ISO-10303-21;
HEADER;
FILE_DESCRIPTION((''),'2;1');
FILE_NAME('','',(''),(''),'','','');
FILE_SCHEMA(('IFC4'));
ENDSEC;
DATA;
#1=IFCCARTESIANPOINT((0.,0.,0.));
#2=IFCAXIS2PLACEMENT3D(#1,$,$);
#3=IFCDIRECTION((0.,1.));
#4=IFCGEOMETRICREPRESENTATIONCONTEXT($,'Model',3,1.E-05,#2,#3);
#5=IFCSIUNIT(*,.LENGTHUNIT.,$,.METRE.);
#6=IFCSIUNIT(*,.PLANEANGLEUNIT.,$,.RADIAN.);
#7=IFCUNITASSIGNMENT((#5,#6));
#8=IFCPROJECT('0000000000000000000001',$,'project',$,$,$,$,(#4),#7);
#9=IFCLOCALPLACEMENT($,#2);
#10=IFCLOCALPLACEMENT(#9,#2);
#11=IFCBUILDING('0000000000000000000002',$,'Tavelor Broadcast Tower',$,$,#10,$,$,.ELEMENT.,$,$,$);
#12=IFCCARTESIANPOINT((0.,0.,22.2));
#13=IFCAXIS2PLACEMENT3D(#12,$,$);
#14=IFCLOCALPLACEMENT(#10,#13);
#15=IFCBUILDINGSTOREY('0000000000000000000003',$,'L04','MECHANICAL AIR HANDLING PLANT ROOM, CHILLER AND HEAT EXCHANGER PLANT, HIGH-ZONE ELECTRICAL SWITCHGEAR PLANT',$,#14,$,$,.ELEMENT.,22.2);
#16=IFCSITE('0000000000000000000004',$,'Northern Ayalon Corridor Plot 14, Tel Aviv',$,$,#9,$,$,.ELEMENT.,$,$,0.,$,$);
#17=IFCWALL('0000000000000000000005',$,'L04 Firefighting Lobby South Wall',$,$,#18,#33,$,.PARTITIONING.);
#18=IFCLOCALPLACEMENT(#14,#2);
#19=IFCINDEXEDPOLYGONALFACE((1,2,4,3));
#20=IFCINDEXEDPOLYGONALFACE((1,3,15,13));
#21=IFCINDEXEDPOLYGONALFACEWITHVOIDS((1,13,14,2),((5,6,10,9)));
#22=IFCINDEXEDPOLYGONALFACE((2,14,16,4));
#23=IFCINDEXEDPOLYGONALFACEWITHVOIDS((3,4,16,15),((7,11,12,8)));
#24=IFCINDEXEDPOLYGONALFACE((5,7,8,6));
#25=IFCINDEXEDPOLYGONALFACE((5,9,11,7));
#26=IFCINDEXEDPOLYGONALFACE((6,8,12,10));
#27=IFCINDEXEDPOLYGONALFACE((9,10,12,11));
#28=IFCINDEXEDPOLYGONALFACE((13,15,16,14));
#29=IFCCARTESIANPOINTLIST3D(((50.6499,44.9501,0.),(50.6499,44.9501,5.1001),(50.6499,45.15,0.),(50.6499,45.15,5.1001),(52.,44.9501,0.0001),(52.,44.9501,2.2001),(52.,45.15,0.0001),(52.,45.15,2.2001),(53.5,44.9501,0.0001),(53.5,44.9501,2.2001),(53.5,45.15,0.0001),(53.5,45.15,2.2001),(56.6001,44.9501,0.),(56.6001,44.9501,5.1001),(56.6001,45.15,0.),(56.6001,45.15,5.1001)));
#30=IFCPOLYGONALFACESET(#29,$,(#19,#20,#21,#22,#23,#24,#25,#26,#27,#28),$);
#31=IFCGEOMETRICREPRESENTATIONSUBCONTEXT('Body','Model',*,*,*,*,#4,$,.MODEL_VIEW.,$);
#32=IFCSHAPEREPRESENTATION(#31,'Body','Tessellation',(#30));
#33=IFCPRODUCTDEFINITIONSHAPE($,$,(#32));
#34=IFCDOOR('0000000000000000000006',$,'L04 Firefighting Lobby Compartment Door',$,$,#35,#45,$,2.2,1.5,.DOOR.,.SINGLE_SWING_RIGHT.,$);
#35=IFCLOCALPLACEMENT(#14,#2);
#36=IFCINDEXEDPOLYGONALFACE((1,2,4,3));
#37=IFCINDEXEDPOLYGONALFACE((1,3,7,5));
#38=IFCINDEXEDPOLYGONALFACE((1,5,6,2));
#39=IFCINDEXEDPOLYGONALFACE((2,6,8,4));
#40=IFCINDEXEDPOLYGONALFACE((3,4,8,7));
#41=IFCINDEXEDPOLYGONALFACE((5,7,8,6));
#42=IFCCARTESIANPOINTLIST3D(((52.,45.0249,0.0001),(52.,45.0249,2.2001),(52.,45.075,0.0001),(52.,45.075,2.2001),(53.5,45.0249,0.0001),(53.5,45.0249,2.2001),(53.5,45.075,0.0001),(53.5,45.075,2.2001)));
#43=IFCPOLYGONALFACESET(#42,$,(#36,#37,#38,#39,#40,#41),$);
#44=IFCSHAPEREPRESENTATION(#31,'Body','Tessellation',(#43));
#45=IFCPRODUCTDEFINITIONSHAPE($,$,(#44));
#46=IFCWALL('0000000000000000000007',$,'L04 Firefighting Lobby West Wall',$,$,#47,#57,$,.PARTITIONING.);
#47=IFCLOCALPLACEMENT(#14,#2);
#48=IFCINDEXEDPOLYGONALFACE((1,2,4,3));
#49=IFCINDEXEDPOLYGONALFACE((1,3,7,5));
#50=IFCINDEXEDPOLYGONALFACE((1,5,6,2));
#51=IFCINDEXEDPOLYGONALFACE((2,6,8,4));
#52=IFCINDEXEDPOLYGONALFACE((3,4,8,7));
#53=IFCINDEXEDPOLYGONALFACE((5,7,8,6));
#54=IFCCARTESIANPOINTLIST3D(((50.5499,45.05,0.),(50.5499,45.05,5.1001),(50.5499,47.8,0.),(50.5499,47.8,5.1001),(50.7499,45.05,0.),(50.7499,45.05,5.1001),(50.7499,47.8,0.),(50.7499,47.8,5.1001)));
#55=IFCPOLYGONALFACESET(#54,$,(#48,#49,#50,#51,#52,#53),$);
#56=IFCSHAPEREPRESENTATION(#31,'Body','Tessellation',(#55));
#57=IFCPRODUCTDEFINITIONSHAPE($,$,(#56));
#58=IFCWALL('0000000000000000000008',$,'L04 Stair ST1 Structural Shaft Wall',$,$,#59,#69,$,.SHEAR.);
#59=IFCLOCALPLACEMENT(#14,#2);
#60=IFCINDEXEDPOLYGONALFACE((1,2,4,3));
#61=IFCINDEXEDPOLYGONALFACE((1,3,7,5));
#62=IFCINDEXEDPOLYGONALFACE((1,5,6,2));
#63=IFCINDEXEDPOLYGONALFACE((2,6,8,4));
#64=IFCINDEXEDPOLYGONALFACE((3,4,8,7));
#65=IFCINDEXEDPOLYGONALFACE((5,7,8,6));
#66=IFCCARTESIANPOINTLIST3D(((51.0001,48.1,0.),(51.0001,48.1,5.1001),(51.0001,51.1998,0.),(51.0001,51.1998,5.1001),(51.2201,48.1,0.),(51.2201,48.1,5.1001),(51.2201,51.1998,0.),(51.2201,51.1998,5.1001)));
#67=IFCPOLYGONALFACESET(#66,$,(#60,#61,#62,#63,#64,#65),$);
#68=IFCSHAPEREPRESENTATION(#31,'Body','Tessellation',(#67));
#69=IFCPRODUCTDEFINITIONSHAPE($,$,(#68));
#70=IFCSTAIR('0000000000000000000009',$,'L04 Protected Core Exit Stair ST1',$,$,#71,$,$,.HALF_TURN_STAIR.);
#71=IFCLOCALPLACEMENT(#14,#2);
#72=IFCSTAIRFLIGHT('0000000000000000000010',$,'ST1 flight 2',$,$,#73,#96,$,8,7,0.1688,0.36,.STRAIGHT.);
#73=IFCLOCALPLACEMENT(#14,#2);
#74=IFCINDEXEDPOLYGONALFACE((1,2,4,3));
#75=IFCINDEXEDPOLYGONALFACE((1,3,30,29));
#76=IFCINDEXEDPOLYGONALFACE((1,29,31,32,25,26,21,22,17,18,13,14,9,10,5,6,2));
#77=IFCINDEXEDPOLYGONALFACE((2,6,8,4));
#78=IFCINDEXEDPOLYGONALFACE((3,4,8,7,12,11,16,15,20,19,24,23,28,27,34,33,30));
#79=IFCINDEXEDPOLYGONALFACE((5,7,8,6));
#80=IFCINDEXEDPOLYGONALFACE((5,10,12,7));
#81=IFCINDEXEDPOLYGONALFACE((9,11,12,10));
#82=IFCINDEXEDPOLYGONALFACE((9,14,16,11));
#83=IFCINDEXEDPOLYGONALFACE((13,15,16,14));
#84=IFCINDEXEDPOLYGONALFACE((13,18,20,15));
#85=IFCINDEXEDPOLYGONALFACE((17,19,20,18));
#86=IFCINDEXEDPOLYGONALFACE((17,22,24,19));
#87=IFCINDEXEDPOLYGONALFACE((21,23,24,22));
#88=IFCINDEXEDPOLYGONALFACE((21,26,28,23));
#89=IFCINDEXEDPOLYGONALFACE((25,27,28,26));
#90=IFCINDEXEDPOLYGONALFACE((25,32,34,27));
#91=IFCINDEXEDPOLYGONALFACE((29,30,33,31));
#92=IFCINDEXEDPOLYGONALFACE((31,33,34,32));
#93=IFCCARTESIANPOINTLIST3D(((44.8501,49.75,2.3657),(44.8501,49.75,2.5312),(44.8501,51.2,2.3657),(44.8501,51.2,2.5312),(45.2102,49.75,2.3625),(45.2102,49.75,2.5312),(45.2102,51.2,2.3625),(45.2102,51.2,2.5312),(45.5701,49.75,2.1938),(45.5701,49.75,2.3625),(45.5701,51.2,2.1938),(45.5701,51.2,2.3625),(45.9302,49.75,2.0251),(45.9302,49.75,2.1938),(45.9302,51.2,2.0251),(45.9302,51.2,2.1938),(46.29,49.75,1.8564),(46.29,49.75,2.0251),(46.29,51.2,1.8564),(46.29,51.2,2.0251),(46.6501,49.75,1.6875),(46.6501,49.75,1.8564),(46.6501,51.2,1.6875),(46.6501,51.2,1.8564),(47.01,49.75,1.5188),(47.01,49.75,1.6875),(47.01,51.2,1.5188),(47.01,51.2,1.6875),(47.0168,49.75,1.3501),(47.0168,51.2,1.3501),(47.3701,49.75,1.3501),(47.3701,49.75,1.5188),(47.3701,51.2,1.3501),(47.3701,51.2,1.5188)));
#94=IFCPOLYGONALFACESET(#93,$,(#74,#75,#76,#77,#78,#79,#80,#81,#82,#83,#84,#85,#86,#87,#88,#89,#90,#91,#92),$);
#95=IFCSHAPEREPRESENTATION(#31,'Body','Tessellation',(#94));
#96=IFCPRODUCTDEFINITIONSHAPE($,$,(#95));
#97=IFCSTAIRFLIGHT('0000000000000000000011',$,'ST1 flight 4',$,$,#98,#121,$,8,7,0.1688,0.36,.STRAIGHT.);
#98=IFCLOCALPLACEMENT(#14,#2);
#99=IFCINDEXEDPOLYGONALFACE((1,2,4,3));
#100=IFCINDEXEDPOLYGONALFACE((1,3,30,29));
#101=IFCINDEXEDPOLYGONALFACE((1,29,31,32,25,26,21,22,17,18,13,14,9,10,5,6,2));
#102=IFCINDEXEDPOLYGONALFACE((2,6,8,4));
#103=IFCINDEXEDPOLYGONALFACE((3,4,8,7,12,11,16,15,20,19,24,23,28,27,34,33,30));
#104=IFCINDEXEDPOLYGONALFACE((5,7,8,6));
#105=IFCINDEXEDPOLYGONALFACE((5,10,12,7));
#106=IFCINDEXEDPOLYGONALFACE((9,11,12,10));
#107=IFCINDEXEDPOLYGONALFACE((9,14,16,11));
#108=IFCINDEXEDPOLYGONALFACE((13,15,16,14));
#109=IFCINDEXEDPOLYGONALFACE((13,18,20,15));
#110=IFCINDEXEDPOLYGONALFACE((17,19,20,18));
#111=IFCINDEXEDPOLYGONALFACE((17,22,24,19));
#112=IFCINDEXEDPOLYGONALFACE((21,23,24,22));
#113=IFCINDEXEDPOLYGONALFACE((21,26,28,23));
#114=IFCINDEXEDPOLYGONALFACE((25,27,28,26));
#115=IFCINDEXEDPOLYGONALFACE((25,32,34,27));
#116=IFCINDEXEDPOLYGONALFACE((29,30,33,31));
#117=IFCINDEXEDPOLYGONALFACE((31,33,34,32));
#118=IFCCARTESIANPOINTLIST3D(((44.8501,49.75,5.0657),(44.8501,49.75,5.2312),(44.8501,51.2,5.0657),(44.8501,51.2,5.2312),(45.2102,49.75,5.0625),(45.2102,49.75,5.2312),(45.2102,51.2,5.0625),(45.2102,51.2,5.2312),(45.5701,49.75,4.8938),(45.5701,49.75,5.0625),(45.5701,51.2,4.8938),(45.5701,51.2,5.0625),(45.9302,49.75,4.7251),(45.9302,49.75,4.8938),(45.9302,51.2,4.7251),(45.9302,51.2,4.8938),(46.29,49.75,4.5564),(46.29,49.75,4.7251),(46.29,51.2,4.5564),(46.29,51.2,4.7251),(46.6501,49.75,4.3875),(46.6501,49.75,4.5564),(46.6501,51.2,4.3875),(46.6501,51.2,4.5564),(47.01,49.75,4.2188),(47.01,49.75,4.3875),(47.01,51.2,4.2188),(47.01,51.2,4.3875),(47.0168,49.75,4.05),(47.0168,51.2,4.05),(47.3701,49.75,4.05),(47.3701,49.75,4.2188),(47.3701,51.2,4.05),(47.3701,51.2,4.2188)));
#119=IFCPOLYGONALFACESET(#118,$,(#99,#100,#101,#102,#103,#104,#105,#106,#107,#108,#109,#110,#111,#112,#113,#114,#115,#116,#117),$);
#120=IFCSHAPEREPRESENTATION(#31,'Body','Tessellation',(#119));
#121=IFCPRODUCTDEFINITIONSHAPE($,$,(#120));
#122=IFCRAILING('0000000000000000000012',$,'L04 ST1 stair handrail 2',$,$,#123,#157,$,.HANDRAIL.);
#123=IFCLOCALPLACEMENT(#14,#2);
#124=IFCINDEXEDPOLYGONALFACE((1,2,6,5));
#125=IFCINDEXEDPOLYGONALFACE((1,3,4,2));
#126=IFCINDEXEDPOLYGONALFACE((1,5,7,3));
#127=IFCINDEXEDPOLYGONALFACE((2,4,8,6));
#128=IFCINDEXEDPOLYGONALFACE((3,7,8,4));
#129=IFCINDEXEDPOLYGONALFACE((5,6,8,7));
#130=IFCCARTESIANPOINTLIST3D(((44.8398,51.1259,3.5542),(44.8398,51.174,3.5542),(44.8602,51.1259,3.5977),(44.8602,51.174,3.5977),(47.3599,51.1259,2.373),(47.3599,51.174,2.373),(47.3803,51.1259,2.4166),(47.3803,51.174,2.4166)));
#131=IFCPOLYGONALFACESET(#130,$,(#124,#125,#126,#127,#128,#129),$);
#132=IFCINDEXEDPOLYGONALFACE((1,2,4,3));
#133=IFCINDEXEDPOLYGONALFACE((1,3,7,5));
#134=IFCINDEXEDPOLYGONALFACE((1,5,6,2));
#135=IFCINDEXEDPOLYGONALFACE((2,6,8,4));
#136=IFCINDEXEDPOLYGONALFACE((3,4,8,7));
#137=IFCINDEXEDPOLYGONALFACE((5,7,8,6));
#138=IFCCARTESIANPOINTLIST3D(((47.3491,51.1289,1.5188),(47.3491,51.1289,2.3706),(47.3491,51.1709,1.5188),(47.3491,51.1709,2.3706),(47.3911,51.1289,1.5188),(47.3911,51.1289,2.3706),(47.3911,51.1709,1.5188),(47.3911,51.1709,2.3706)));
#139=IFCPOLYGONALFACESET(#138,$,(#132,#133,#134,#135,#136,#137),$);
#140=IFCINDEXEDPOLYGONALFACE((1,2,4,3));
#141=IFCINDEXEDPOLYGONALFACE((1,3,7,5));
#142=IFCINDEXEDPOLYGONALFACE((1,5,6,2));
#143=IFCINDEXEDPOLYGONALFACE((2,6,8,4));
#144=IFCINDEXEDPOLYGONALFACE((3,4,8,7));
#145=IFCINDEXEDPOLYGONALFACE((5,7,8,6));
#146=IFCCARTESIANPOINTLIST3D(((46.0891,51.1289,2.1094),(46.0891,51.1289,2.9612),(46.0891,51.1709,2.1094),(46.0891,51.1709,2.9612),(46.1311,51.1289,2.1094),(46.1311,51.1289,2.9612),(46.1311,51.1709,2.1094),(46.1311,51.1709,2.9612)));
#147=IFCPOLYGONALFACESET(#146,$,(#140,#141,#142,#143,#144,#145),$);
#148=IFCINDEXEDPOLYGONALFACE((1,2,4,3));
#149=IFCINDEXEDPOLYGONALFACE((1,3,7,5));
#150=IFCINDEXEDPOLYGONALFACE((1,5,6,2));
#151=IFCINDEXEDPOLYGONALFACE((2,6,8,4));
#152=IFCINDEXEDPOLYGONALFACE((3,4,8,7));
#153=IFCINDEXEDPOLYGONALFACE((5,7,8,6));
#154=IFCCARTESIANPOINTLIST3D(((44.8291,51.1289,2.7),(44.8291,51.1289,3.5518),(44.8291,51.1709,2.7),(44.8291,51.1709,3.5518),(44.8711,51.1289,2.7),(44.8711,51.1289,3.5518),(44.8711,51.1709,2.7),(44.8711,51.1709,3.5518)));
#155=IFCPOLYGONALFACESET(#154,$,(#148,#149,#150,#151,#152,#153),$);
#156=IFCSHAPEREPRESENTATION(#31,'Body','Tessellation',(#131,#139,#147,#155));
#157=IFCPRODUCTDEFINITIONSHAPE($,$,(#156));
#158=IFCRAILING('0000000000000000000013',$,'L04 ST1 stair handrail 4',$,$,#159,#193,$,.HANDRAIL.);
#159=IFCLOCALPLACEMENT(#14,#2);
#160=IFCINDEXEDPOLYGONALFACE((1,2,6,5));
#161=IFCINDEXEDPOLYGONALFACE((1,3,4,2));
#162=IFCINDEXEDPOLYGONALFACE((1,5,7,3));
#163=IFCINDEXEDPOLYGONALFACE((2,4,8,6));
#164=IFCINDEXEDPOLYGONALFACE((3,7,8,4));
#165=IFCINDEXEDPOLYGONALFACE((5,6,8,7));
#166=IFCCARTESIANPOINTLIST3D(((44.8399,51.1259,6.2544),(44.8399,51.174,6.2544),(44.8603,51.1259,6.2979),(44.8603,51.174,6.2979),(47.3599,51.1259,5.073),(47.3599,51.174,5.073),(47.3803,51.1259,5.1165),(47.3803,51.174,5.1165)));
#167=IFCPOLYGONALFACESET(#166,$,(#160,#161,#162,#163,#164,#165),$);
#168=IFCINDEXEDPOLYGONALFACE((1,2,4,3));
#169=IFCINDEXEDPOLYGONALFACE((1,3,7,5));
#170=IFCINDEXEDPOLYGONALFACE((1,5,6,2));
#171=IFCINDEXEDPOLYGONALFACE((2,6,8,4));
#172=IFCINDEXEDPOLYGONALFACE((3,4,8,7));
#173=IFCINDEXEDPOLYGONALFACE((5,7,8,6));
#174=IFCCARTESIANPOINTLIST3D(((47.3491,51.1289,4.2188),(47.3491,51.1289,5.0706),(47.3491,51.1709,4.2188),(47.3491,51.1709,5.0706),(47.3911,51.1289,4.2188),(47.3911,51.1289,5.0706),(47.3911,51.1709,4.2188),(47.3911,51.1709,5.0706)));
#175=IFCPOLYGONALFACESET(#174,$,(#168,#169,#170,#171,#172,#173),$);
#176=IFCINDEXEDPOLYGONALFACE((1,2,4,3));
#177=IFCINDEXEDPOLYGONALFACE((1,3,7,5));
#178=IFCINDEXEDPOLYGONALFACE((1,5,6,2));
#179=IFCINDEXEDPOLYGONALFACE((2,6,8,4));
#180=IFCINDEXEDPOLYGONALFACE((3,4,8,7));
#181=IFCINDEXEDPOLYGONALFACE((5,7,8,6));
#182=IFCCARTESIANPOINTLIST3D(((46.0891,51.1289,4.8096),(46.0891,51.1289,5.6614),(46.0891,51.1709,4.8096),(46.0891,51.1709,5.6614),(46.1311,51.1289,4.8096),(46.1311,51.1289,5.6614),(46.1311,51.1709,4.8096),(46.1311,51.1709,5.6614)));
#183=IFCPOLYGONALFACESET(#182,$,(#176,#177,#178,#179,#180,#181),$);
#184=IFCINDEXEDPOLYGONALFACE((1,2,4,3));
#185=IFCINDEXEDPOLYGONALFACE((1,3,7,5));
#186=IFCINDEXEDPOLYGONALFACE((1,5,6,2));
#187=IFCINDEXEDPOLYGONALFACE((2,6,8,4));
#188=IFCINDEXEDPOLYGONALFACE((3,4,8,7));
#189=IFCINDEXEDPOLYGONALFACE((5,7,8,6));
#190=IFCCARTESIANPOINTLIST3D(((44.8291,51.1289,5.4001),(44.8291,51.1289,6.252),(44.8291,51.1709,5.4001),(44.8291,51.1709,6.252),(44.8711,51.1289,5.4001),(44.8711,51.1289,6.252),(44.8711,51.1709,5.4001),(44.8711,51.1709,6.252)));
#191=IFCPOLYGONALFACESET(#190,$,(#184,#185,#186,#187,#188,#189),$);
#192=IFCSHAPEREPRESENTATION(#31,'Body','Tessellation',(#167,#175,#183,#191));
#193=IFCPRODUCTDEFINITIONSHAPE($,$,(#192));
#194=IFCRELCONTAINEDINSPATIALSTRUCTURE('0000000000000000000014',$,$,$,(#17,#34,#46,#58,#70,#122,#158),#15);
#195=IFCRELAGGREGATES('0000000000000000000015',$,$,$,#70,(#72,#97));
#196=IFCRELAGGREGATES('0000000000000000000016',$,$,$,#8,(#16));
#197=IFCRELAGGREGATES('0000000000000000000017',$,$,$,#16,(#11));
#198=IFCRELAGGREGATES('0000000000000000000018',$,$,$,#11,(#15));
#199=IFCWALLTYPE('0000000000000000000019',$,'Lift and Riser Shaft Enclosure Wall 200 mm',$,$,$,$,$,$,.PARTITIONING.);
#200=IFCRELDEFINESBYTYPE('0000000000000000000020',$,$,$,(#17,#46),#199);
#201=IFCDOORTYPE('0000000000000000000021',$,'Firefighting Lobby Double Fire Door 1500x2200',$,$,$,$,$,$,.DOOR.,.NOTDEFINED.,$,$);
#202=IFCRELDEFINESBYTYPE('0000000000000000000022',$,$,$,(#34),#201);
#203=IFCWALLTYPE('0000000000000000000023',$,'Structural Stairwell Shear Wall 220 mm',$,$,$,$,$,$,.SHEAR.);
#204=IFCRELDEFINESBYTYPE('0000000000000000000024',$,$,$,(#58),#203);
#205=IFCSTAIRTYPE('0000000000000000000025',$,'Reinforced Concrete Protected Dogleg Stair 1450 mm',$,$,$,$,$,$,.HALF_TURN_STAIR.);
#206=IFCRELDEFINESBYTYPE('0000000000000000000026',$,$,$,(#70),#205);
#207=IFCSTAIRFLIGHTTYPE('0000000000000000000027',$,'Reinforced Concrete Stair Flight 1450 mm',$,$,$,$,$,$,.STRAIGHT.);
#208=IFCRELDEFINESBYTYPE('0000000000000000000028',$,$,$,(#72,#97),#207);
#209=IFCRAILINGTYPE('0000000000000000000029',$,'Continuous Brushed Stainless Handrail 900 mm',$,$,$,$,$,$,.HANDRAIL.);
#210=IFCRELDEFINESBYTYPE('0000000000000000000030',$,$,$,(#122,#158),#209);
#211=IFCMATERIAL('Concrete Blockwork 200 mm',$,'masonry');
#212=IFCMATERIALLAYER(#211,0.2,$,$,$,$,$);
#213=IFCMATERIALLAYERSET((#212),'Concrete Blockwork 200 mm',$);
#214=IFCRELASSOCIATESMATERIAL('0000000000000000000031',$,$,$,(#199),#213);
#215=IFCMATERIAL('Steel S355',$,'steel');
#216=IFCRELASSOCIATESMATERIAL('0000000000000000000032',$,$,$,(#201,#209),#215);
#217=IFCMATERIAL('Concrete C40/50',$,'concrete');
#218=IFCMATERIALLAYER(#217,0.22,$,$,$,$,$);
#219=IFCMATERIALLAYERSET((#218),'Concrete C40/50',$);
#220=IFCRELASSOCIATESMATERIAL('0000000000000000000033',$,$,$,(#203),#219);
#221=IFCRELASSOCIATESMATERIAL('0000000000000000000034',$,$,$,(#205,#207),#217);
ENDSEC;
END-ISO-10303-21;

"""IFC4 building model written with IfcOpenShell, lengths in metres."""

from ifc_helpers import new_model, si_unit, direction, frame, frame_2d, origin, origin_2d, place, context, subcontext, project, spatial, polyline, rectangle, outline, extrude, material, layer, layer_set, type_object, element, fill, aggregate, save


model = new_model("IFC4")

# Units and contexts
model_context = context("Model", 3, precision=1e-05, world=origin(), true_north=direction((0.0, 1.0)))
body_context = subcontext(model_context, "Body", "Model", "MODEL_VIEW")
ifc_project = project(units=[si_unit("LENGTHUNIT", "METRE"), si_unit("PLANEANGLEUNIT", "RADIAN")], contexts=[model_context])

# Site, building, storey
site_placement = place(None, origin())
site = spatial("IfcSite", under=ifc_project, at=site_placement, Name="Northern Ayalon Corridor Plot 14, Tel Aviv", CompositionType="ELEMENT", RefElevation=0.0)
building_placement = place(site_placement, origin())
building = spatial("IfcBuilding", under=site, at=building_placement, Name="Tavelor Broadcast Tower", CompositionType="ELEMENT")
storey_placement = place(building_placement, frame((0.0, 0.0, 22.2)))
storey = spatial("IfcBuildingStorey", under=building, at=storey_placement, Name="L04", Description="MECHANICAL AIR HANDLING PLANT ROOM, CHILLER AND HEAT EXCHANGER PLANT, HIGH-ZONE ELECTRICAL SWITCHGEAR PLANT", CompositionType="ELEMENT", Elevation=22.2)

# Shared definitions
ifc_material_1 = material(Name="Steel S355", Category="steel")

# Shared definitions
ifc_material_2 = material(Name="Concrete Blockwork 200 mm", Category="masonry")
ifc_layer_1 = layer(ifc_material_2, 0.2)
ifc_layer_set_1 = layer_set([ifc_layer_1], Name="Concrete Blockwork 200 mm")
wall_type_1 = type_object("IfcWallType", Name="Lift and Riser Shaft Enclosure Wall 200 mm", PredefinedType="PARTITIONING", material=ifc_layer_set_1)

# Wall, opening, door
wall_1_placement = place(storey_placement, frame((50.6499, 45.05, 0.0), z_axis=(0.0, 0.0, 1.0), x_axis=(1.0, 0.0, 0.0)))
wall_1 = element("IfcWall", 1, at=wall_1_placement, inside=storey, type_object=wall_type_1, Name="L04 Firefighting Lobby South Wall", PredefinedType="PARTITIONING", context=body_context, shape_type="SweptSolid", body=[
    extrude(rectangle(XDim=5.9502, YDim=0.2, at=frame_2d((2.9751, 0.0))), origin(), (0.0, 0.0, 1.0), 5.1001),
])
opening_placement = place(wall_1_placement, frame((1.3501, 0.0, 0.0)))
opening = element("IfcOpeningElement", 2, at=opening_placement, cuts=wall_1, PredefinedType="OPENING", context=body_context, shape_type="SweptSolid", body=[
    extrude(rectangle(XDim=1.5, YDim=2.2, at=frame_2d((0.75, 1.1001))), frame((0.0, 0.1099, 0.0), z_axis=(0.0, -1.0, 0.0), x_axis=(1.0, 0.0, 0.0)), (0.0, 0.0, 1.0), 0.22),
])
door_type = type_object("IfcDoorType", Name="Firefighting Lobby Double Fire Door 1500x2200", OperationType="NOTDEFINED", PredefinedType="DOOR", material=ifc_material_1)
door_placement = place(opening_placement, origin())
door = element("IfcDoor", 3, at=door_placement, inside=storey, type_object=door_type, Name="L04 Firefighting Lobby Compartment Door", OperationType="SINGLE_SWING_RIGHT", OverallHeight=2.2, OverallWidth=1.5, PredefinedType="DOOR", context=body_context, shape_type="SweptSolid", body=[
    extrude(rectangle(XDim=1.5, YDim=2.2, at=frame_2d((0.75, 1.1001))), frame((0.0, 0.0249, 0.0), z_axis=(0.0, -1.0, 0.0), x_axis=(1.0, 0.0, 0.0)), (0.0, 0.0, 1.0), 0.05),
])
fill(opening, door)

# Walls
wall_2_placement = place(storey_placement, frame((50.6499, 45.05, 0.0), z_axis=(0.0, 0.0, 1.0), x_axis=(0.0, 1.0, 0.0)))
element("IfcWall", 4, at=wall_2_placement, inside=storey, type_object=wall_type_1, Name="L04 Firefighting Lobby West Wall", PredefinedType="PARTITIONING", context=body_context, shape_type="SweptSolid", body=[
    extrude(rectangle(XDim=2.75, YDim=0.2, at=frame_2d((1.375, 0.0))), origin(), (0.0, 0.0, 1.0), 5.1001),
])
ifc_material_3 = material(Name="Concrete C40/50", Category="concrete")
ifc_layer_2 = layer(ifc_material_3, 0.22)
ifc_layer_set_2 = layer_set([ifc_layer_2], Name="Concrete C40/50")
wall_type_2 = type_object("IfcWallType", Name="Structural Stairwell Shear Wall 220 mm", PredefinedType="SHEAR", material=ifc_layer_set_2)
wall_3_placement = place(storey_placement, frame((51.1101, 48.1001, 0.0), z_axis=(0.0, 0.0, 1.0), x_axis=(0.0, 1.0, 0.0)))
element("IfcWall", 5, at=wall_3_placement, inside=storey, type_object=wall_type_2, Name="L04 Stair ST1 Structural Shaft Wall", PredefinedType="SHEAR", context=body_context, shape_type="SweptSolid", body=[
    extrude(rectangle(XDim=3.0999, YDim=0.22, at=frame_2d((1.5498, 0.0))), origin(), (0.0, 0.0, 1.0), 5.1001),
])

# Stair, stair flights
stair_type = type_object("IfcStairType", Name="Reinforced Concrete Protected Dogleg Stair 1450 mm", PredefinedType="HALF_TURN_STAIR", material=ifc_material_3)
stair_placement = place(storey_placement, origin())
stair = element("IfcStair", 6, at=stair_placement, inside=storey, type_object=stair_type, Name="L04 Protected Core Exit Stair ST1", PredefinedType="HALF_TURN_STAIR")
stair_flight_type = type_object("IfcStairFlightType", Name="Reinforced Concrete Stair Flight 1450 mm", PredefinedType="STRAIGHT", material=ifc_material_3)
stair_flight_1_placement = place(storey_placement, frame((47.3701, 50.4751, 1.3501), z_axis=(0.0, 0.0, 1.0), x_axis=(-1.0, 0.0, 0.0)))
stair_flight_1 = element("IfcStairFlight", 7, at=stair_flight_1_placement, type_object=stair_flight_type, Name="ST1 flight 2", NumberOfRisers=8, NumberOfTreads=7, PredefinedType="STRAIGHT", RiserHeight=0.1688, TreadLength=0.36, context=body_context, shape_type="SweptSolid", body=[
    extrude(outline(polyline([(0.0, 0.0), (0.0, 0.1687), (0.3601, 0.1687), (0.3601, 0.3374), (0.72, 0.3374), (0.72, 0.5063), (1.0801, 0.5063), (1.0801, 0.675), (1.4399, 0.675), (1.4399, 0.8438), (1.8, 0.8438), (1.8, 1.0125), (2.1599, 1.0125), (2.1599, 1.1812), (2.52, 1.1812), (2.52, 1.3501), (2.52, 1.0156), (0.3533, 0.0), (0.0, 0.0)])), frame((0.0, 0.7251, 0.0), z_axis=(0.0, -1.0, 0.0), x_axis=(1.0, 0.0, 0.0)), (0.0, 0.0, 1.0), 1.45),
])
stair_flight_2_placement = place(storey_placement, frame((47.3701, 50.4751, 4.05), z_axis=(0.0, 0.0, 1.0), x_axis=(-1.0, 0.0, 0.0)))
stair_flight_2 = element("IfcStairFlight", 8, at=stair_flight_2_placement, type_object=stair_flight_type, Name="ST1 flight 4", NumberOfRisers=8, NumberOfTreads=7, PredefinedType="STRAIGHT", RiserHeight=0.1688, TreadLength=0.36, context=body_context, shape_type="SweptSolid", body=[
    extrude(outline(polyline([(0.0, 0.0), (0.0, 0.1687), (0.3601, 0.1687), (0.3601, 0.3374), (0.72, 0.3374), (0.72, 0.5063), (1.0801, 0.5063), (1.0801, 0.675), (1.4399, 0.675), (1.4399, 0.8438), (1.8, 0.8438), (1.8, 1.0125), (2.1599, 1.0125), (2.1599, 1.1812), (2.52, 1.1812), (2.52, 1.3501), (2.52, 1.0156), (0.3533, 0.0), (0.0, 0.0)])), frame((0.0, 0.7251, 0.0), z_axis=(0.0, -1.0, 0.0), x_axis=(1.0, 0.0, 0.0)), (0.0, 0.0, 1.0), 1.45),
])
aggregate(stair, [stair_flight_1, stair_flight_2])

# Railings
railing_type_1 = type_object("IfcRailingType", Name="Continuous Brushed Stainless Handrail 900 mm", PredefinedType="HANDRAIL", material=ifc_material_1)
railing_1_placement = place(storey_placement, frame((47.3701, 51.1499, 1.5188)))
element("IfcRailing", 9, at=railing_1_placement, inside=storey, type_object=railing_type_1, Name="L04 ST1 stair handrail 2", PredefinedType="HANDRAIL", context=body_context, shape_type="SweptSolid", body=[
    extrude(rectangle(XDim=0.0481, YDim=0.0481, at=origin_2d()), frame((0.0, 0.0, 0.876), z_axis=(-0.905474, 0.0, 0.424402), x_axis=(0.0, -1.0, 0.0)), (0.0, 0.0, 1.0), 2.7832),
    extrude(rectangle(XDim=0.042, YDim=0.042, at=origin_2d()), origin(), (0.0, 0.0, 1.0), 0.8518),
    extrude(rectangle(XDim=0.042, YDim=0.042, at=origin_2d()), frame((-1.26, 0.0, 0.5906)), (0.0, 0.0, 1.0), 0.8518),
    extrude(rectangle(XDim=0.042, YDim=0.042, at=origin_2d()), frame((-2.52, 0.0, 1.1812)), (0.0, 0.0, 1.0), 0.8518),
])
railing_2_placement = place(storey_placement, frame((47.3701, 51.1499, 4.2188)))
element("IfcRailing", 10, at=railing_2_placement, inside=storey, type_object=railing_type_1, Name="L04 ST1 stair handrail 4", PredefinedType="HANDRAIL", context=body_context, shape_type="SweptSolid", body=[
    extrude(rectangle(XDim=0.0481, YDim=0.0481, at=origin_2d()), frame((0.0, 0.0, 0.876), z_axis=(-0.90544, 0.0, 0.424474), x_axis=(0.0, -1.0, 0.0)), (0.0, 0.0, 1.0), 2.7832),
    extrude(rectangle(XDim=0.042, YDim=0.042, at=origin_2d()), origin(), (0.0, 0.0, 1.0), 0.8518),
    extrude(rectangle(XDim=0.042, YDim=0.042, at=origin_2d()), frame((-1.26, 0.0, 0.5908)), (0.0, 0.0, 1.0), 0.8518),
    extrude(rectangle(XDim=0.042, YDim=0.042, at=origin_2d()), frame((-2.52, 0.0, 1.1814)), (0.0, 0.0, 1.0), 0.8518),
])

save(model, "model.ifc")
